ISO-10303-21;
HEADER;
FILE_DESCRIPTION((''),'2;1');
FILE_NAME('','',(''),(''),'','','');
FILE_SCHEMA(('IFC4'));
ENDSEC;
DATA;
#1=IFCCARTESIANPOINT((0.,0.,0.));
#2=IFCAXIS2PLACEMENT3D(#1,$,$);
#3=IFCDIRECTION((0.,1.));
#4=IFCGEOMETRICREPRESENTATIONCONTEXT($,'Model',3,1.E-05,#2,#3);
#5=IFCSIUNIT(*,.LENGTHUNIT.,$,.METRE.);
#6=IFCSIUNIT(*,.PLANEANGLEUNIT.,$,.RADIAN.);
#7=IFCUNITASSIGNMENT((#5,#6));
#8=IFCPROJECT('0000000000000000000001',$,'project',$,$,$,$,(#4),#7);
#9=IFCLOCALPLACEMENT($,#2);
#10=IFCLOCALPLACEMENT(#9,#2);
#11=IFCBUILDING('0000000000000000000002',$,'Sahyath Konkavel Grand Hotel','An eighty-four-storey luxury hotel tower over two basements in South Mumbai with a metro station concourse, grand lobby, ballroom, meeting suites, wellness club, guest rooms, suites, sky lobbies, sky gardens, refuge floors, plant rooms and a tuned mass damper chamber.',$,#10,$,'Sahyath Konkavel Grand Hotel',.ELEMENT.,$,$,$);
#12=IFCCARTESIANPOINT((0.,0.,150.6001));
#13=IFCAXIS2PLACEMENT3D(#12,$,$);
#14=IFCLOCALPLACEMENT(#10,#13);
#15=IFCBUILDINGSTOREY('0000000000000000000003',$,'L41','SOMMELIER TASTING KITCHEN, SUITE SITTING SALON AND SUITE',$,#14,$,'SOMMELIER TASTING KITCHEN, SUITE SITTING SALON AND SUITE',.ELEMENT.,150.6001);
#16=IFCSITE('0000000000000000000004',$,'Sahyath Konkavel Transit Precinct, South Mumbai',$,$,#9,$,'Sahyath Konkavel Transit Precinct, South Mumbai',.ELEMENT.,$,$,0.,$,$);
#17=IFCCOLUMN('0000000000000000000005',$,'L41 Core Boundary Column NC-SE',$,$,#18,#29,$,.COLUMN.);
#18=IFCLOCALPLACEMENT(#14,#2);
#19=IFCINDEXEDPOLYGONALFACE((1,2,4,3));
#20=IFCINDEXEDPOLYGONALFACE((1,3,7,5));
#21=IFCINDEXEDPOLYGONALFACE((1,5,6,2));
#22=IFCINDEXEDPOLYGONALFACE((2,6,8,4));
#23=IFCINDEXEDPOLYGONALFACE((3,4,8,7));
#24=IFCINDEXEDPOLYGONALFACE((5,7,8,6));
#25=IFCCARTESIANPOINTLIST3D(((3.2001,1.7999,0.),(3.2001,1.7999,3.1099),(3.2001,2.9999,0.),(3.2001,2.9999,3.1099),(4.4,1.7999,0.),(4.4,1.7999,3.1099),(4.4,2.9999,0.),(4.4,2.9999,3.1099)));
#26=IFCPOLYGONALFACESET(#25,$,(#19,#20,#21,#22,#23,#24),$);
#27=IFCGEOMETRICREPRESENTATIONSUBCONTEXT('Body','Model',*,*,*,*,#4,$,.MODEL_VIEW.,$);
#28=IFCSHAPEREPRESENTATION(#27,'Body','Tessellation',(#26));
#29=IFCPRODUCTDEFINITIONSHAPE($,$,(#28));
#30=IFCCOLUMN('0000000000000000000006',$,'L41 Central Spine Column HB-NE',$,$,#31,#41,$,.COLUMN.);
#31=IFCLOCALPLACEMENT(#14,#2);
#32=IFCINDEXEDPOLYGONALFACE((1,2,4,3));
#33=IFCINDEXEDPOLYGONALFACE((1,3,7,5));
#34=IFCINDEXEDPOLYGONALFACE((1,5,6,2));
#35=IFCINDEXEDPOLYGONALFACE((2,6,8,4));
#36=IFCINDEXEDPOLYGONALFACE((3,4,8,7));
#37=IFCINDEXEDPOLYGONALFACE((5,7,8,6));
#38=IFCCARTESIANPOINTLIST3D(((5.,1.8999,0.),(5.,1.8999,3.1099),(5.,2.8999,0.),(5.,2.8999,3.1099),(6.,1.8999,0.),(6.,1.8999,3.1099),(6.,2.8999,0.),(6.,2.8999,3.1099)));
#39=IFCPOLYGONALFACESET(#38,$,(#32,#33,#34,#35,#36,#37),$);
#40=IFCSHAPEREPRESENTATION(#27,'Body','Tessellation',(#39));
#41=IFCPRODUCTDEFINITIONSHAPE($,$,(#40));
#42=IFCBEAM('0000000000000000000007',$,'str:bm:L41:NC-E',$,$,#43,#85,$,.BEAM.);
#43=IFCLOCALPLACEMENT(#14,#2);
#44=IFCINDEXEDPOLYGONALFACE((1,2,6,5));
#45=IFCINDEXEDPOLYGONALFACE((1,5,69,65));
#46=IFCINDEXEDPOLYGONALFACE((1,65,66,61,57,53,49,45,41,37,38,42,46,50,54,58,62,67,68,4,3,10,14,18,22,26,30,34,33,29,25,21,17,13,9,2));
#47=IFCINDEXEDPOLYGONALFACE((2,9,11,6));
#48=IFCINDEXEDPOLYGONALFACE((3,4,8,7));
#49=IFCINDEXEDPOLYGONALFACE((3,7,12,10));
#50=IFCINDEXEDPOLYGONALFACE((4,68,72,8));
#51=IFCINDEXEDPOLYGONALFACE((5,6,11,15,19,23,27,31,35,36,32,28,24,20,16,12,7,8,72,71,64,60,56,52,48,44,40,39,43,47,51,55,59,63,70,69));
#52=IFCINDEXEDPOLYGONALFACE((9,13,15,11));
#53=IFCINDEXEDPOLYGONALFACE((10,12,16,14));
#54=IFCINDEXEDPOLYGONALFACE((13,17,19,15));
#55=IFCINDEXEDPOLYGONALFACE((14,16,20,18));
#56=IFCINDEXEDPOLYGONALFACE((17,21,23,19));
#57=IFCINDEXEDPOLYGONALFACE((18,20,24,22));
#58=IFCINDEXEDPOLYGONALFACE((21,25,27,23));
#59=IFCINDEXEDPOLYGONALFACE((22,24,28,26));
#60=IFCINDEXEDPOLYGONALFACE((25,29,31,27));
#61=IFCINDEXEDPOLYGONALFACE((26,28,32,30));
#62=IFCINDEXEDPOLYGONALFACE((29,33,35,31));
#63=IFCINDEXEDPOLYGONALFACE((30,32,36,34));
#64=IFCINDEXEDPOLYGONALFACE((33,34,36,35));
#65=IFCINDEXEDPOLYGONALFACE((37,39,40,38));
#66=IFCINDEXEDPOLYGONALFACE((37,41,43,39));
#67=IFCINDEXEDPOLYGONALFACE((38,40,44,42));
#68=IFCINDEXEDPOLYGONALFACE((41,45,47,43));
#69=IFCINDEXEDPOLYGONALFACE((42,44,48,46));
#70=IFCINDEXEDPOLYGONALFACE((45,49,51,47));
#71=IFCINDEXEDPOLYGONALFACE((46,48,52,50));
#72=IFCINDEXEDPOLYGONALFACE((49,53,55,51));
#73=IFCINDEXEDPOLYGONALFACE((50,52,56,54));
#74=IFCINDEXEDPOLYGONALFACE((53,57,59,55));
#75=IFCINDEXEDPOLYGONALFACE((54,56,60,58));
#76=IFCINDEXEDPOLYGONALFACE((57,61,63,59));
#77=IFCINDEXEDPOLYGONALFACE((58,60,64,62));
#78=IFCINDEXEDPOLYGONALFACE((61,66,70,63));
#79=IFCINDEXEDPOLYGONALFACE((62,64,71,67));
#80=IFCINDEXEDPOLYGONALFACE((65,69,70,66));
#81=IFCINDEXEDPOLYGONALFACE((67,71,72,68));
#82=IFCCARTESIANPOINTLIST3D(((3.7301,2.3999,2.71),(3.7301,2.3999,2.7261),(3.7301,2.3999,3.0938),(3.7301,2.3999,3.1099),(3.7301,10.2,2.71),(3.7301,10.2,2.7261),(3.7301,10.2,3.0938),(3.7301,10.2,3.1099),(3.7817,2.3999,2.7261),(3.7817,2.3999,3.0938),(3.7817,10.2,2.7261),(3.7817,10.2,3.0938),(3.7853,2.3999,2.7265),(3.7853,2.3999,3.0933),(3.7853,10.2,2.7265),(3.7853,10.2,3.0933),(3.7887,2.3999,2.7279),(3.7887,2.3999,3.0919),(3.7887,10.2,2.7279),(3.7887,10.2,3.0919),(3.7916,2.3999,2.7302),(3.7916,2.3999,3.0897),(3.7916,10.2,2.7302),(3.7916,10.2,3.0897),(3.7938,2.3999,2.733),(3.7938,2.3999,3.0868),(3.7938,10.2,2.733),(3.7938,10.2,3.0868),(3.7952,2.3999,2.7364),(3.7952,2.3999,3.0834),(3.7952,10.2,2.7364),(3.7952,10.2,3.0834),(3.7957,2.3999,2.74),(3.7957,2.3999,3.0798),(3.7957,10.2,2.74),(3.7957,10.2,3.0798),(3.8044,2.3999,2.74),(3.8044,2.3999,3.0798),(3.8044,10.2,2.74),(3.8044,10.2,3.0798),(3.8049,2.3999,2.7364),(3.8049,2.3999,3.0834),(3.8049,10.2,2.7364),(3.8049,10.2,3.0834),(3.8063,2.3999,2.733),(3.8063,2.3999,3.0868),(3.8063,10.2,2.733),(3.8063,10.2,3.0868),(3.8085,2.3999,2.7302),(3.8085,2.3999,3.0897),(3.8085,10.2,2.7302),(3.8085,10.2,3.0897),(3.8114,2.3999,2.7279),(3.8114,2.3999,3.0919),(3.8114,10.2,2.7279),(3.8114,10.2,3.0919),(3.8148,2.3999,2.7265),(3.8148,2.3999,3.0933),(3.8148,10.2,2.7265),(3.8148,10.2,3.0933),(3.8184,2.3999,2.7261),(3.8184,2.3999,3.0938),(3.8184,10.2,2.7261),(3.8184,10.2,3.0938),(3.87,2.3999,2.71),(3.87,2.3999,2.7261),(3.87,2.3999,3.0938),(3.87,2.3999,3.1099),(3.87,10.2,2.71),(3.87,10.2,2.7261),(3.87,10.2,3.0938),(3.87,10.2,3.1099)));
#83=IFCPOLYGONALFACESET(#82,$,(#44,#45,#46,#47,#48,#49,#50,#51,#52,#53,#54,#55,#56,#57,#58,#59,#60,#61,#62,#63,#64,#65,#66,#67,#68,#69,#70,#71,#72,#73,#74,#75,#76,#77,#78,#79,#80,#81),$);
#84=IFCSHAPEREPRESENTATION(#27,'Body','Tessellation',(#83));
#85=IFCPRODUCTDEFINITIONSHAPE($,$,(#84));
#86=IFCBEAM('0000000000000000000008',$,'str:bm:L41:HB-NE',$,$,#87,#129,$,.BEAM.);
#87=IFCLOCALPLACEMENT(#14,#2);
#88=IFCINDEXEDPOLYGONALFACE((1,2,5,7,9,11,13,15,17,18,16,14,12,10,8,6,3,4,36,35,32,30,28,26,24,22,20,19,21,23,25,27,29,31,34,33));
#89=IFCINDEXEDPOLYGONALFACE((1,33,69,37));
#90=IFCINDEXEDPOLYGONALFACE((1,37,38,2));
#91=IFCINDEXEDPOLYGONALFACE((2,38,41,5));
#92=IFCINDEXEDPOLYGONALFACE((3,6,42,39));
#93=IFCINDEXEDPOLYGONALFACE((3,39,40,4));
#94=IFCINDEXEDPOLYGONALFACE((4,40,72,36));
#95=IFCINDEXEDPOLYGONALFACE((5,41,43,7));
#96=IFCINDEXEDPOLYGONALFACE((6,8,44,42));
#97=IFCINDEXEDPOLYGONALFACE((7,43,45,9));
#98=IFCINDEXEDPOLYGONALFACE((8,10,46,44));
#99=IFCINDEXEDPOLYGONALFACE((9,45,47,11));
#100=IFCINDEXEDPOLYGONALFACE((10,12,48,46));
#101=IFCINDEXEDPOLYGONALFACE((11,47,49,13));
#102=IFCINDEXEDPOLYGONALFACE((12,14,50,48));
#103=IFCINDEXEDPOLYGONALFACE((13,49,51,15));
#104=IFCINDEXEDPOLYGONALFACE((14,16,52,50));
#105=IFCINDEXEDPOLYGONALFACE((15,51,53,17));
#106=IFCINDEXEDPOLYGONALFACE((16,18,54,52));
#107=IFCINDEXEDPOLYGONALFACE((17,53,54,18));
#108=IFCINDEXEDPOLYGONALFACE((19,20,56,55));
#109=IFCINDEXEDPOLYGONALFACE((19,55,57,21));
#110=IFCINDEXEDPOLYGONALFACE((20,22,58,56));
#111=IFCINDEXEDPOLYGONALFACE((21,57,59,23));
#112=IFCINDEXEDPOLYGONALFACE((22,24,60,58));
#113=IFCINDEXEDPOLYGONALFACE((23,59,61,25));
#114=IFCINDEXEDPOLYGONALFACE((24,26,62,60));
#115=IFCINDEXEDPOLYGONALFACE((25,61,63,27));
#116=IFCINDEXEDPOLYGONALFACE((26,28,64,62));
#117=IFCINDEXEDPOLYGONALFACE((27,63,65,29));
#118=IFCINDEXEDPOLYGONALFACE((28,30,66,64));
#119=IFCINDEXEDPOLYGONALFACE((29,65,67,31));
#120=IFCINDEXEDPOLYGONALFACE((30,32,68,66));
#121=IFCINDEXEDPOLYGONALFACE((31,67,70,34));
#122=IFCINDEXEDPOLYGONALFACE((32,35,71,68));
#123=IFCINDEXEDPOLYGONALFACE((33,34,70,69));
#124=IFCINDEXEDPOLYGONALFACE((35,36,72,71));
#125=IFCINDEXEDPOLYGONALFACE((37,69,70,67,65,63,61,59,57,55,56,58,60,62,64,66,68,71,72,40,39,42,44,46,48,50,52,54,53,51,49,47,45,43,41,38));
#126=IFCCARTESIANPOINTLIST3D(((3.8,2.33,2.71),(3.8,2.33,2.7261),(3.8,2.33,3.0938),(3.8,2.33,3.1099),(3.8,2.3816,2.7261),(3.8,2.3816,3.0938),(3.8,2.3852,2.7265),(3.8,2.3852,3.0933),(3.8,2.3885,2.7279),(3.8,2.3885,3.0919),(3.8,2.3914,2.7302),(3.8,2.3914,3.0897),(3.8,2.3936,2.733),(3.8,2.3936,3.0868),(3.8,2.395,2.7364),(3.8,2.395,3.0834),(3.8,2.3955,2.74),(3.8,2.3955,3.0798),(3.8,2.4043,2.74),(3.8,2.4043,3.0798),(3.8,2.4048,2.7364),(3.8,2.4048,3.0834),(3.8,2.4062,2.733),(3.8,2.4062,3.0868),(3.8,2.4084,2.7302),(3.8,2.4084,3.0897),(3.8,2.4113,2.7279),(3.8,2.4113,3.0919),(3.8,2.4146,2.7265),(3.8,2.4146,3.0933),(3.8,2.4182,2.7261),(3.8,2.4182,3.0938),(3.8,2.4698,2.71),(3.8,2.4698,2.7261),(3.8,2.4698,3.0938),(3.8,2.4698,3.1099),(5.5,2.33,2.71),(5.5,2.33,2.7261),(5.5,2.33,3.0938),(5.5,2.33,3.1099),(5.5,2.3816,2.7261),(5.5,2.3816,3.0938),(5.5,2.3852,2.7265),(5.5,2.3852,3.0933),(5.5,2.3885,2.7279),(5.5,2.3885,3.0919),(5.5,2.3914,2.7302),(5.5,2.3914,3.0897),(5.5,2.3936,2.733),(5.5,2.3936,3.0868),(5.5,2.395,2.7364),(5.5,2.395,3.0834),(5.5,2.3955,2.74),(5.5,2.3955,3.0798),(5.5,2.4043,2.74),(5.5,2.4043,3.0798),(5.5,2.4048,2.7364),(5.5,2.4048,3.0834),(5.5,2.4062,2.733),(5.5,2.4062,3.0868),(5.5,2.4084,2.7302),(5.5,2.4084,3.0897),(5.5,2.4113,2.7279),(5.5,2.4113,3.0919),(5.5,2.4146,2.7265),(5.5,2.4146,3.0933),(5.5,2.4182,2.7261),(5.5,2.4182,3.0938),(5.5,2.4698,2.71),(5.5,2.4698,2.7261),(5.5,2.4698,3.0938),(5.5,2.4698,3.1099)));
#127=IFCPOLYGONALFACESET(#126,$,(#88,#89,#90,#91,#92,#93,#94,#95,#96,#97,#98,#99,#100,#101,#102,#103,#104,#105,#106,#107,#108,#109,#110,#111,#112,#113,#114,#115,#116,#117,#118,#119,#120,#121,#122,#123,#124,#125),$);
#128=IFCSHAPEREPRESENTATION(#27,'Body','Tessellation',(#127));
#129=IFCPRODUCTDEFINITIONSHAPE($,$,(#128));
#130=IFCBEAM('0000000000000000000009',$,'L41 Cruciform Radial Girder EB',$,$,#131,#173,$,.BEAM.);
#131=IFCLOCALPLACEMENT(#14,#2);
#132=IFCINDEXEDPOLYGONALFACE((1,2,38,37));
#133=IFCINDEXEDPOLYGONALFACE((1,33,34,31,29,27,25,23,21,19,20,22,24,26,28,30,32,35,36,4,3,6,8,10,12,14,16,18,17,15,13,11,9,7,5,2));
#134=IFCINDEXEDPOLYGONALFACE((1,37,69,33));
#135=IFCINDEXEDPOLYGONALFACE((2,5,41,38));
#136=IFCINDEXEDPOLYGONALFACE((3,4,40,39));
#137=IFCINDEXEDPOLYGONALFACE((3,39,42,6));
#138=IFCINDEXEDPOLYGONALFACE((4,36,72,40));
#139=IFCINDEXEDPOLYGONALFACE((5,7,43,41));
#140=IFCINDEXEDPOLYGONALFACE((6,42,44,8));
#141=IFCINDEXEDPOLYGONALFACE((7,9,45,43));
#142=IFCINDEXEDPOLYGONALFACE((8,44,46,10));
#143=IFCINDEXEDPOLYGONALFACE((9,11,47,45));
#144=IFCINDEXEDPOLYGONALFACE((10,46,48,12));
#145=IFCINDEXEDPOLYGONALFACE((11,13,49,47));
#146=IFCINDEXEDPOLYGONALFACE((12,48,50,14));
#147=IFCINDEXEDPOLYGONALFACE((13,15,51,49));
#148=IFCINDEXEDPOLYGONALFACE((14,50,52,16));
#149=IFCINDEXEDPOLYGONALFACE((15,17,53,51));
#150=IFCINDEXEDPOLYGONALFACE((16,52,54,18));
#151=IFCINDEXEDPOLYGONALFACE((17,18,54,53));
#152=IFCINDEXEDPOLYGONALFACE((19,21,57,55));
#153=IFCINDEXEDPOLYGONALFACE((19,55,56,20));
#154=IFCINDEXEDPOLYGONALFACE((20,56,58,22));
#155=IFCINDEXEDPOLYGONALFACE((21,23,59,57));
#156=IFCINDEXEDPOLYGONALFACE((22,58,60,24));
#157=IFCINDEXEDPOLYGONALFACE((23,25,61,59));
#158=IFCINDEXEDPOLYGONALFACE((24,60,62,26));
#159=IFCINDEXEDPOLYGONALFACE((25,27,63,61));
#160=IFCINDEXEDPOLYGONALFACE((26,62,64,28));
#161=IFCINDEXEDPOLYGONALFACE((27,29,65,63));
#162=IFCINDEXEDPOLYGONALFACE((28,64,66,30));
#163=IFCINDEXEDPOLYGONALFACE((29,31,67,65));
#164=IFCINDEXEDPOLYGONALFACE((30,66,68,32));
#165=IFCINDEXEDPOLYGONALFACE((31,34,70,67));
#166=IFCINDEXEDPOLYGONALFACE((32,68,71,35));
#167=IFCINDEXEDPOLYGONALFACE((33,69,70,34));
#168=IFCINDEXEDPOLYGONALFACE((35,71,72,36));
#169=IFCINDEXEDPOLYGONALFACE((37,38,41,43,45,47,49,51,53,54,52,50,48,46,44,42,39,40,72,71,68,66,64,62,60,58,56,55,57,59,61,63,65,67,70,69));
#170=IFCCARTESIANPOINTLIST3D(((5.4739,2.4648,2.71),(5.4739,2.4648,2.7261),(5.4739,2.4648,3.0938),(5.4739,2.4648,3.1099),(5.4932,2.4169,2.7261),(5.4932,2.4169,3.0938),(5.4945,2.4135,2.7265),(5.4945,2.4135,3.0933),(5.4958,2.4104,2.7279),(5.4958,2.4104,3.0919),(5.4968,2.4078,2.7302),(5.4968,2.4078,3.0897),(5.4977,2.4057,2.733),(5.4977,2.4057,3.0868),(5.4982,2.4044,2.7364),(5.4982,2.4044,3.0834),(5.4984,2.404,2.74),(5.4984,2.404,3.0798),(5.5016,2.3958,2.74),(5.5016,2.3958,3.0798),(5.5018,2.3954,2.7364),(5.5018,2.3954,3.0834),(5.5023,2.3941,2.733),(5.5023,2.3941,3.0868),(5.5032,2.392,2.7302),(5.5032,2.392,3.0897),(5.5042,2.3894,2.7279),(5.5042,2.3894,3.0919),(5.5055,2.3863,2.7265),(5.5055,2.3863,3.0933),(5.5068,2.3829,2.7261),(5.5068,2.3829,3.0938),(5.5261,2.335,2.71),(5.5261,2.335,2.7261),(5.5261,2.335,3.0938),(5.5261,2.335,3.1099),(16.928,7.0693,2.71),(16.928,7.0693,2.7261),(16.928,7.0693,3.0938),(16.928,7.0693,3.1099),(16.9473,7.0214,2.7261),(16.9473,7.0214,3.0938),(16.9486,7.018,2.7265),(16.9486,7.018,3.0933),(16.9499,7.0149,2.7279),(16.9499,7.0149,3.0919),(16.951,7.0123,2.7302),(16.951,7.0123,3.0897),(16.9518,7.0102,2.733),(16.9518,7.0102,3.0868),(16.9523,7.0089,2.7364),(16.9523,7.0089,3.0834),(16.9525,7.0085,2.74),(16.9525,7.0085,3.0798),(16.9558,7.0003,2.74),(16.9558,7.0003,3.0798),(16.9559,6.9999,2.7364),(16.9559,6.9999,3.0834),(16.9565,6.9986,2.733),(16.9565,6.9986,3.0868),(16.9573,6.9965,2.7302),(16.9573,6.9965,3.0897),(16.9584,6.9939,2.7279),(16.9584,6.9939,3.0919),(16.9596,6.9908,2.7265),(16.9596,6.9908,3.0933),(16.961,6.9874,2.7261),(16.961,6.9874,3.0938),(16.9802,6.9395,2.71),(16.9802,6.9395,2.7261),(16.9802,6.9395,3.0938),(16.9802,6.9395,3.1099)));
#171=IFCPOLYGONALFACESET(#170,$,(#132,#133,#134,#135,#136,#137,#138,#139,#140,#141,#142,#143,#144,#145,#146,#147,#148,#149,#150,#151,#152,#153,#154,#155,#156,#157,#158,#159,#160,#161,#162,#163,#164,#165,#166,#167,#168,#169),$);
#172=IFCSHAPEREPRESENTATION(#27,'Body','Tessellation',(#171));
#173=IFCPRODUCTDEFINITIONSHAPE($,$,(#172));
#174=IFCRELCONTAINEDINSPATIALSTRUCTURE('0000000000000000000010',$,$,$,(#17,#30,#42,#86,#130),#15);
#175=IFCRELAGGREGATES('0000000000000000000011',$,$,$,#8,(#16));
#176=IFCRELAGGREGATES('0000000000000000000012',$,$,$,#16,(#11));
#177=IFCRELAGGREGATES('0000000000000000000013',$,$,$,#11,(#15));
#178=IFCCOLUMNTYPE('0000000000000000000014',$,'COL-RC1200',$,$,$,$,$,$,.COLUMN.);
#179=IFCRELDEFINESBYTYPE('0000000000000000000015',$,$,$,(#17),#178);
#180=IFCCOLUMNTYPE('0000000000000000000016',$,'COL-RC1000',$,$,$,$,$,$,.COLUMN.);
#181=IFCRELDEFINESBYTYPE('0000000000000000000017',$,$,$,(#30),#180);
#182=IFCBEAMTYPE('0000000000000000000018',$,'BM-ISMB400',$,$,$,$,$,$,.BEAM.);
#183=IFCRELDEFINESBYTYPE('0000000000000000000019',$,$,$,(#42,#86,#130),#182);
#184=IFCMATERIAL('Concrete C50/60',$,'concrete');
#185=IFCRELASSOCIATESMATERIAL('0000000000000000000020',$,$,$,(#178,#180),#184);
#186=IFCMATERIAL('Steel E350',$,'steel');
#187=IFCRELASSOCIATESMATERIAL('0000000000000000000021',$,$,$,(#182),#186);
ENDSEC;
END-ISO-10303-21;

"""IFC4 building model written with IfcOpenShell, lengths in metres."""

from ifc_helpers import new_model, si_unit, direction, frame, origin, origin_2d, place, context, subcontext, project, spatial, rectangle, i_section, extrude, source, transform, mapped, material, material_profile, profile_set, type_object, element, save


model = new_model("IFC4")

# Units and contexts
model_context = context("Model", 3, precision=1e-05, world=origin(), true_north=direction((0.0, 1.0)))
body_context = subcontext(model_context, "Body", "Model", "MODEL_VIEW")
ifc_project = project(units=[si_unit("LENGTHUNIT", "METRE"), si_unit("PLANEANGLEUNIT", "RADIAN")], contexts=[model_context])

# Site, building, storey
site_placement = place(None, origin())
site = spatial("IfcSite", under=ifc_project, at=site_placement, Name="Sahyath Konkavel Transit Precinct, South Mumbai", LongName="Sahyath Konkavel Transit Precinct, South Mumbai", CompositionType="ELEMENT", RefElevation=0.0)
building_placement = place(site_placement, origin())
building = spatial("IfcBuilding", under=site, at=building_placement, Name="Sahyath Konkavel Grand Hotel", Description="An eighty-four-storey luxury hotel tower over two basements in South Mumbai with a metro station concourse, grand lobby, ballroom, meeting suites, wellness club, guest rooms, suites, sky lobbies, sky gardens, refuge floors, plant rooms and a tuned mass damper chamber.", LongName="Sahyath Konkavel Grand Hotel", CompositionType="ELEMENT")
storey_placement = place(building_placement, frame((0.0, 0.0, 150.6001)))
storey = spatial("IfcBuildingStorey", under=building, at=storey_placement, Name="L41", Description="SOMMELIER TASTING KITCHEN, SUITE SITTING SALON AND SUITE", LongName="SOMMELIER TASTING KITCHEN, SUITE SITTING SALON AND SUITE", CompositionType="ELEMENT", Elevation=150.6001)

# Columns
ifc_material_1 = material(Name="Concrete C50/60", Category="concrete")
ifc_material_profile_1 = material_profile(ifc_material_1, rectangle(XDim=1.2, YDim=1.2, at=origin_2d()), Name="RC 1200x1200")
ifc_profile_set_1 = profile_set([ifc_material_profile_1], Name="Concrete C50/60")
column_type_1 = type_object("IfcColumnType", Name="COL-RC1200", PredefinedType="COLUMN", material=ifc_profile_set_1)
shared_shape_1 = source(origin(), body_context, "Body", "SweptSolid", [
    extrude(rectangle(XDim=1.2, YDim=1.2, at=origin_2d()), origin(), (0.0, 0.0, 1.0), 3.1099),
])
column_1_placement = place(storey_placement, frame((3.8, 2.3999, 0.0), z_axis=(0.0, 0.0, 1.0), x_axis=(1.0, 0.0, 0.0)))
element("IfcColumn", 1, at=column_1_placement, inside=storey, type_object=column_type_1, Name="L41 Core Boundary Column NC-SE", PredefinedType="COLUMN", context=body_context, shape_type="MappedRepresentation", body=[
    mapped(shared_shape_1, transform((0.0, 0.0, 0.0), scale=1.0)),
])
ifc_material_profile_2 = material_profile(ifc_material_1, rectangle(XDim=1.0, YDim=1.0, at=origin_2d()), Name="RC 1000x1000")
ifc_profile_set_2 = profile_set([ifc_material_profile_2], Name="Concrete C50/60")
column_type_2 = type_object("IfcColumnType", Name="COL-RC1000", PredefinedType="COLUMN", material=ifc_profile_set_2)
shared_shape_2 = source(origin(), body_context, "Body", "SweptSolid", [
    extrude(rectangle(XDim=1.0, YDim=1.0, at=origin_2d()), origin(), (0.0, 0.0, 1.0), 3.1099),
])
column_2_placement = place(storey_placement, frame((5.5, 2.3999, 0.0), z_axis=(0.0, 0.0, 1.0), x_axis=(1.0, 0.0, 0.0)))
element("IfcColumn", 2, at=column_2_placement, inside=storey, type_object=column_type_2, Name="L41 Central Spine Column HB-NE", PredefinedType="COLUMN", context=body_context, shape_type="MappedRepresentation", body=[
    mapped(shared_shape_2, transform((0.0, 0.0, 0.0), scale=1.0)),
])

# Beams
ifc_material_2 = material(Name="Steel E350", Category="steel")
ifc_material_profile_3 = material_profile(ifc_material_2, i_section(OverallWidth=0.1399, OverallDepth=0.3999, WebThickness=0.0088, FlangeThickness=0.0161, FilletRadius=0.0139, at=origin_2d()), Name="ISMB 400")
ifc_profile_set_3 = profile_set([ifc_material_profile_3], Name="Steel E350")
beam_type = type_object("IfcBeamType", Name="BM-ISMB400", PredefinedType="BEAM", material=ifc_profile_set_3)
shared_shape_3 = source(origin(), body_context, "Body", "SweptSolid", [
    extrude(i_section(OverallWidth=0.1399, OverallDepth=0.3999, WebThickness=0.0088, FlangeThickness=0.0161, FilletRadius=0.0139, at=origin_2d()), origin(), (0.0, 0.0, 1.0), 7.8),
])
beam_1_placement = place(storey_placement, frame((3.8, 2.3999, 2.9099), z_axis=(0.0, 1.0, 0.0), x_axis=(-1.0, 0.0, 0.0)))
element("IfcBeam", 3, at=beam_1_placement, inside=storey, type_object=beam_type, Name="str:bm:L41:NC-E", PredefinedType="BEAM", context=body_context, shape_type="MappedRepresentation", body=[
    mapped(shared_shape_3, transform((0.0, 0.0, 0.0), scale=1.0)),
])
shared_shape_4 = source(origin(), body_context, "Body", "SweptSolid", [
    extrude(i_section(OverallWidth=0.1399, OverallDepth=0.3999, WebThickness=0.0088, FlangeThickness=0.0161, FilletRadius=0.0139, at=origin_2d()), origin(), (0.0, 0.0, 1.0), 1.7),
])
beam_2_placement = place(storey_placement, frame((3.8, 2.3999, 2.9099), z_axis=(1.0, 0.0, 0.0), x_axis=(0.0, 1.0, 0.0)))
element("IfcBeam", 4, at=beam_2_placement, inside=storey, type_object=beam_type, Name="str:bm:L41:HB-NE", PredefinedType="BEAM", context=body_context, shape_type="MappedRepresentation", body=[
    mapped(shared_shape_4, transform((0.0, 0.0, 0.0), scale=1.0)),
])
shared_shape_5 = source(origin(), body_context, "Body", "SweptSolid", [
    extrude(i_section(OverallWidth=0.1399, OverallDepth=0.3999, WebThickness=0.0088, FlangeThickness=0.0161, FilletRadius=0.0139, at=origin_2d()), origin(), (0.0, 0.0, 1.0), 12.345),
])
beam_3_placement = place(storey_placement, frame((5.5, 2.3999, 2.9099), z_axis=(0.927837, 0.372986, 0.0), x_axis=(-0.372986, 0.927837, 0.0)))
element("IfcBeam", 5, at=beam_3_placement, inside=storey, type_object=beam_type, Name="L41 Cruciform Radial Girder EB", PredefinedType="BEAM", context=body_context, shape_type="MappedRepresentation", body=[
    mapped(shared_shape_5, transform((0.0, 0.0, 0.0), scale=1.0)),
])

save(model, "model.ifc")
